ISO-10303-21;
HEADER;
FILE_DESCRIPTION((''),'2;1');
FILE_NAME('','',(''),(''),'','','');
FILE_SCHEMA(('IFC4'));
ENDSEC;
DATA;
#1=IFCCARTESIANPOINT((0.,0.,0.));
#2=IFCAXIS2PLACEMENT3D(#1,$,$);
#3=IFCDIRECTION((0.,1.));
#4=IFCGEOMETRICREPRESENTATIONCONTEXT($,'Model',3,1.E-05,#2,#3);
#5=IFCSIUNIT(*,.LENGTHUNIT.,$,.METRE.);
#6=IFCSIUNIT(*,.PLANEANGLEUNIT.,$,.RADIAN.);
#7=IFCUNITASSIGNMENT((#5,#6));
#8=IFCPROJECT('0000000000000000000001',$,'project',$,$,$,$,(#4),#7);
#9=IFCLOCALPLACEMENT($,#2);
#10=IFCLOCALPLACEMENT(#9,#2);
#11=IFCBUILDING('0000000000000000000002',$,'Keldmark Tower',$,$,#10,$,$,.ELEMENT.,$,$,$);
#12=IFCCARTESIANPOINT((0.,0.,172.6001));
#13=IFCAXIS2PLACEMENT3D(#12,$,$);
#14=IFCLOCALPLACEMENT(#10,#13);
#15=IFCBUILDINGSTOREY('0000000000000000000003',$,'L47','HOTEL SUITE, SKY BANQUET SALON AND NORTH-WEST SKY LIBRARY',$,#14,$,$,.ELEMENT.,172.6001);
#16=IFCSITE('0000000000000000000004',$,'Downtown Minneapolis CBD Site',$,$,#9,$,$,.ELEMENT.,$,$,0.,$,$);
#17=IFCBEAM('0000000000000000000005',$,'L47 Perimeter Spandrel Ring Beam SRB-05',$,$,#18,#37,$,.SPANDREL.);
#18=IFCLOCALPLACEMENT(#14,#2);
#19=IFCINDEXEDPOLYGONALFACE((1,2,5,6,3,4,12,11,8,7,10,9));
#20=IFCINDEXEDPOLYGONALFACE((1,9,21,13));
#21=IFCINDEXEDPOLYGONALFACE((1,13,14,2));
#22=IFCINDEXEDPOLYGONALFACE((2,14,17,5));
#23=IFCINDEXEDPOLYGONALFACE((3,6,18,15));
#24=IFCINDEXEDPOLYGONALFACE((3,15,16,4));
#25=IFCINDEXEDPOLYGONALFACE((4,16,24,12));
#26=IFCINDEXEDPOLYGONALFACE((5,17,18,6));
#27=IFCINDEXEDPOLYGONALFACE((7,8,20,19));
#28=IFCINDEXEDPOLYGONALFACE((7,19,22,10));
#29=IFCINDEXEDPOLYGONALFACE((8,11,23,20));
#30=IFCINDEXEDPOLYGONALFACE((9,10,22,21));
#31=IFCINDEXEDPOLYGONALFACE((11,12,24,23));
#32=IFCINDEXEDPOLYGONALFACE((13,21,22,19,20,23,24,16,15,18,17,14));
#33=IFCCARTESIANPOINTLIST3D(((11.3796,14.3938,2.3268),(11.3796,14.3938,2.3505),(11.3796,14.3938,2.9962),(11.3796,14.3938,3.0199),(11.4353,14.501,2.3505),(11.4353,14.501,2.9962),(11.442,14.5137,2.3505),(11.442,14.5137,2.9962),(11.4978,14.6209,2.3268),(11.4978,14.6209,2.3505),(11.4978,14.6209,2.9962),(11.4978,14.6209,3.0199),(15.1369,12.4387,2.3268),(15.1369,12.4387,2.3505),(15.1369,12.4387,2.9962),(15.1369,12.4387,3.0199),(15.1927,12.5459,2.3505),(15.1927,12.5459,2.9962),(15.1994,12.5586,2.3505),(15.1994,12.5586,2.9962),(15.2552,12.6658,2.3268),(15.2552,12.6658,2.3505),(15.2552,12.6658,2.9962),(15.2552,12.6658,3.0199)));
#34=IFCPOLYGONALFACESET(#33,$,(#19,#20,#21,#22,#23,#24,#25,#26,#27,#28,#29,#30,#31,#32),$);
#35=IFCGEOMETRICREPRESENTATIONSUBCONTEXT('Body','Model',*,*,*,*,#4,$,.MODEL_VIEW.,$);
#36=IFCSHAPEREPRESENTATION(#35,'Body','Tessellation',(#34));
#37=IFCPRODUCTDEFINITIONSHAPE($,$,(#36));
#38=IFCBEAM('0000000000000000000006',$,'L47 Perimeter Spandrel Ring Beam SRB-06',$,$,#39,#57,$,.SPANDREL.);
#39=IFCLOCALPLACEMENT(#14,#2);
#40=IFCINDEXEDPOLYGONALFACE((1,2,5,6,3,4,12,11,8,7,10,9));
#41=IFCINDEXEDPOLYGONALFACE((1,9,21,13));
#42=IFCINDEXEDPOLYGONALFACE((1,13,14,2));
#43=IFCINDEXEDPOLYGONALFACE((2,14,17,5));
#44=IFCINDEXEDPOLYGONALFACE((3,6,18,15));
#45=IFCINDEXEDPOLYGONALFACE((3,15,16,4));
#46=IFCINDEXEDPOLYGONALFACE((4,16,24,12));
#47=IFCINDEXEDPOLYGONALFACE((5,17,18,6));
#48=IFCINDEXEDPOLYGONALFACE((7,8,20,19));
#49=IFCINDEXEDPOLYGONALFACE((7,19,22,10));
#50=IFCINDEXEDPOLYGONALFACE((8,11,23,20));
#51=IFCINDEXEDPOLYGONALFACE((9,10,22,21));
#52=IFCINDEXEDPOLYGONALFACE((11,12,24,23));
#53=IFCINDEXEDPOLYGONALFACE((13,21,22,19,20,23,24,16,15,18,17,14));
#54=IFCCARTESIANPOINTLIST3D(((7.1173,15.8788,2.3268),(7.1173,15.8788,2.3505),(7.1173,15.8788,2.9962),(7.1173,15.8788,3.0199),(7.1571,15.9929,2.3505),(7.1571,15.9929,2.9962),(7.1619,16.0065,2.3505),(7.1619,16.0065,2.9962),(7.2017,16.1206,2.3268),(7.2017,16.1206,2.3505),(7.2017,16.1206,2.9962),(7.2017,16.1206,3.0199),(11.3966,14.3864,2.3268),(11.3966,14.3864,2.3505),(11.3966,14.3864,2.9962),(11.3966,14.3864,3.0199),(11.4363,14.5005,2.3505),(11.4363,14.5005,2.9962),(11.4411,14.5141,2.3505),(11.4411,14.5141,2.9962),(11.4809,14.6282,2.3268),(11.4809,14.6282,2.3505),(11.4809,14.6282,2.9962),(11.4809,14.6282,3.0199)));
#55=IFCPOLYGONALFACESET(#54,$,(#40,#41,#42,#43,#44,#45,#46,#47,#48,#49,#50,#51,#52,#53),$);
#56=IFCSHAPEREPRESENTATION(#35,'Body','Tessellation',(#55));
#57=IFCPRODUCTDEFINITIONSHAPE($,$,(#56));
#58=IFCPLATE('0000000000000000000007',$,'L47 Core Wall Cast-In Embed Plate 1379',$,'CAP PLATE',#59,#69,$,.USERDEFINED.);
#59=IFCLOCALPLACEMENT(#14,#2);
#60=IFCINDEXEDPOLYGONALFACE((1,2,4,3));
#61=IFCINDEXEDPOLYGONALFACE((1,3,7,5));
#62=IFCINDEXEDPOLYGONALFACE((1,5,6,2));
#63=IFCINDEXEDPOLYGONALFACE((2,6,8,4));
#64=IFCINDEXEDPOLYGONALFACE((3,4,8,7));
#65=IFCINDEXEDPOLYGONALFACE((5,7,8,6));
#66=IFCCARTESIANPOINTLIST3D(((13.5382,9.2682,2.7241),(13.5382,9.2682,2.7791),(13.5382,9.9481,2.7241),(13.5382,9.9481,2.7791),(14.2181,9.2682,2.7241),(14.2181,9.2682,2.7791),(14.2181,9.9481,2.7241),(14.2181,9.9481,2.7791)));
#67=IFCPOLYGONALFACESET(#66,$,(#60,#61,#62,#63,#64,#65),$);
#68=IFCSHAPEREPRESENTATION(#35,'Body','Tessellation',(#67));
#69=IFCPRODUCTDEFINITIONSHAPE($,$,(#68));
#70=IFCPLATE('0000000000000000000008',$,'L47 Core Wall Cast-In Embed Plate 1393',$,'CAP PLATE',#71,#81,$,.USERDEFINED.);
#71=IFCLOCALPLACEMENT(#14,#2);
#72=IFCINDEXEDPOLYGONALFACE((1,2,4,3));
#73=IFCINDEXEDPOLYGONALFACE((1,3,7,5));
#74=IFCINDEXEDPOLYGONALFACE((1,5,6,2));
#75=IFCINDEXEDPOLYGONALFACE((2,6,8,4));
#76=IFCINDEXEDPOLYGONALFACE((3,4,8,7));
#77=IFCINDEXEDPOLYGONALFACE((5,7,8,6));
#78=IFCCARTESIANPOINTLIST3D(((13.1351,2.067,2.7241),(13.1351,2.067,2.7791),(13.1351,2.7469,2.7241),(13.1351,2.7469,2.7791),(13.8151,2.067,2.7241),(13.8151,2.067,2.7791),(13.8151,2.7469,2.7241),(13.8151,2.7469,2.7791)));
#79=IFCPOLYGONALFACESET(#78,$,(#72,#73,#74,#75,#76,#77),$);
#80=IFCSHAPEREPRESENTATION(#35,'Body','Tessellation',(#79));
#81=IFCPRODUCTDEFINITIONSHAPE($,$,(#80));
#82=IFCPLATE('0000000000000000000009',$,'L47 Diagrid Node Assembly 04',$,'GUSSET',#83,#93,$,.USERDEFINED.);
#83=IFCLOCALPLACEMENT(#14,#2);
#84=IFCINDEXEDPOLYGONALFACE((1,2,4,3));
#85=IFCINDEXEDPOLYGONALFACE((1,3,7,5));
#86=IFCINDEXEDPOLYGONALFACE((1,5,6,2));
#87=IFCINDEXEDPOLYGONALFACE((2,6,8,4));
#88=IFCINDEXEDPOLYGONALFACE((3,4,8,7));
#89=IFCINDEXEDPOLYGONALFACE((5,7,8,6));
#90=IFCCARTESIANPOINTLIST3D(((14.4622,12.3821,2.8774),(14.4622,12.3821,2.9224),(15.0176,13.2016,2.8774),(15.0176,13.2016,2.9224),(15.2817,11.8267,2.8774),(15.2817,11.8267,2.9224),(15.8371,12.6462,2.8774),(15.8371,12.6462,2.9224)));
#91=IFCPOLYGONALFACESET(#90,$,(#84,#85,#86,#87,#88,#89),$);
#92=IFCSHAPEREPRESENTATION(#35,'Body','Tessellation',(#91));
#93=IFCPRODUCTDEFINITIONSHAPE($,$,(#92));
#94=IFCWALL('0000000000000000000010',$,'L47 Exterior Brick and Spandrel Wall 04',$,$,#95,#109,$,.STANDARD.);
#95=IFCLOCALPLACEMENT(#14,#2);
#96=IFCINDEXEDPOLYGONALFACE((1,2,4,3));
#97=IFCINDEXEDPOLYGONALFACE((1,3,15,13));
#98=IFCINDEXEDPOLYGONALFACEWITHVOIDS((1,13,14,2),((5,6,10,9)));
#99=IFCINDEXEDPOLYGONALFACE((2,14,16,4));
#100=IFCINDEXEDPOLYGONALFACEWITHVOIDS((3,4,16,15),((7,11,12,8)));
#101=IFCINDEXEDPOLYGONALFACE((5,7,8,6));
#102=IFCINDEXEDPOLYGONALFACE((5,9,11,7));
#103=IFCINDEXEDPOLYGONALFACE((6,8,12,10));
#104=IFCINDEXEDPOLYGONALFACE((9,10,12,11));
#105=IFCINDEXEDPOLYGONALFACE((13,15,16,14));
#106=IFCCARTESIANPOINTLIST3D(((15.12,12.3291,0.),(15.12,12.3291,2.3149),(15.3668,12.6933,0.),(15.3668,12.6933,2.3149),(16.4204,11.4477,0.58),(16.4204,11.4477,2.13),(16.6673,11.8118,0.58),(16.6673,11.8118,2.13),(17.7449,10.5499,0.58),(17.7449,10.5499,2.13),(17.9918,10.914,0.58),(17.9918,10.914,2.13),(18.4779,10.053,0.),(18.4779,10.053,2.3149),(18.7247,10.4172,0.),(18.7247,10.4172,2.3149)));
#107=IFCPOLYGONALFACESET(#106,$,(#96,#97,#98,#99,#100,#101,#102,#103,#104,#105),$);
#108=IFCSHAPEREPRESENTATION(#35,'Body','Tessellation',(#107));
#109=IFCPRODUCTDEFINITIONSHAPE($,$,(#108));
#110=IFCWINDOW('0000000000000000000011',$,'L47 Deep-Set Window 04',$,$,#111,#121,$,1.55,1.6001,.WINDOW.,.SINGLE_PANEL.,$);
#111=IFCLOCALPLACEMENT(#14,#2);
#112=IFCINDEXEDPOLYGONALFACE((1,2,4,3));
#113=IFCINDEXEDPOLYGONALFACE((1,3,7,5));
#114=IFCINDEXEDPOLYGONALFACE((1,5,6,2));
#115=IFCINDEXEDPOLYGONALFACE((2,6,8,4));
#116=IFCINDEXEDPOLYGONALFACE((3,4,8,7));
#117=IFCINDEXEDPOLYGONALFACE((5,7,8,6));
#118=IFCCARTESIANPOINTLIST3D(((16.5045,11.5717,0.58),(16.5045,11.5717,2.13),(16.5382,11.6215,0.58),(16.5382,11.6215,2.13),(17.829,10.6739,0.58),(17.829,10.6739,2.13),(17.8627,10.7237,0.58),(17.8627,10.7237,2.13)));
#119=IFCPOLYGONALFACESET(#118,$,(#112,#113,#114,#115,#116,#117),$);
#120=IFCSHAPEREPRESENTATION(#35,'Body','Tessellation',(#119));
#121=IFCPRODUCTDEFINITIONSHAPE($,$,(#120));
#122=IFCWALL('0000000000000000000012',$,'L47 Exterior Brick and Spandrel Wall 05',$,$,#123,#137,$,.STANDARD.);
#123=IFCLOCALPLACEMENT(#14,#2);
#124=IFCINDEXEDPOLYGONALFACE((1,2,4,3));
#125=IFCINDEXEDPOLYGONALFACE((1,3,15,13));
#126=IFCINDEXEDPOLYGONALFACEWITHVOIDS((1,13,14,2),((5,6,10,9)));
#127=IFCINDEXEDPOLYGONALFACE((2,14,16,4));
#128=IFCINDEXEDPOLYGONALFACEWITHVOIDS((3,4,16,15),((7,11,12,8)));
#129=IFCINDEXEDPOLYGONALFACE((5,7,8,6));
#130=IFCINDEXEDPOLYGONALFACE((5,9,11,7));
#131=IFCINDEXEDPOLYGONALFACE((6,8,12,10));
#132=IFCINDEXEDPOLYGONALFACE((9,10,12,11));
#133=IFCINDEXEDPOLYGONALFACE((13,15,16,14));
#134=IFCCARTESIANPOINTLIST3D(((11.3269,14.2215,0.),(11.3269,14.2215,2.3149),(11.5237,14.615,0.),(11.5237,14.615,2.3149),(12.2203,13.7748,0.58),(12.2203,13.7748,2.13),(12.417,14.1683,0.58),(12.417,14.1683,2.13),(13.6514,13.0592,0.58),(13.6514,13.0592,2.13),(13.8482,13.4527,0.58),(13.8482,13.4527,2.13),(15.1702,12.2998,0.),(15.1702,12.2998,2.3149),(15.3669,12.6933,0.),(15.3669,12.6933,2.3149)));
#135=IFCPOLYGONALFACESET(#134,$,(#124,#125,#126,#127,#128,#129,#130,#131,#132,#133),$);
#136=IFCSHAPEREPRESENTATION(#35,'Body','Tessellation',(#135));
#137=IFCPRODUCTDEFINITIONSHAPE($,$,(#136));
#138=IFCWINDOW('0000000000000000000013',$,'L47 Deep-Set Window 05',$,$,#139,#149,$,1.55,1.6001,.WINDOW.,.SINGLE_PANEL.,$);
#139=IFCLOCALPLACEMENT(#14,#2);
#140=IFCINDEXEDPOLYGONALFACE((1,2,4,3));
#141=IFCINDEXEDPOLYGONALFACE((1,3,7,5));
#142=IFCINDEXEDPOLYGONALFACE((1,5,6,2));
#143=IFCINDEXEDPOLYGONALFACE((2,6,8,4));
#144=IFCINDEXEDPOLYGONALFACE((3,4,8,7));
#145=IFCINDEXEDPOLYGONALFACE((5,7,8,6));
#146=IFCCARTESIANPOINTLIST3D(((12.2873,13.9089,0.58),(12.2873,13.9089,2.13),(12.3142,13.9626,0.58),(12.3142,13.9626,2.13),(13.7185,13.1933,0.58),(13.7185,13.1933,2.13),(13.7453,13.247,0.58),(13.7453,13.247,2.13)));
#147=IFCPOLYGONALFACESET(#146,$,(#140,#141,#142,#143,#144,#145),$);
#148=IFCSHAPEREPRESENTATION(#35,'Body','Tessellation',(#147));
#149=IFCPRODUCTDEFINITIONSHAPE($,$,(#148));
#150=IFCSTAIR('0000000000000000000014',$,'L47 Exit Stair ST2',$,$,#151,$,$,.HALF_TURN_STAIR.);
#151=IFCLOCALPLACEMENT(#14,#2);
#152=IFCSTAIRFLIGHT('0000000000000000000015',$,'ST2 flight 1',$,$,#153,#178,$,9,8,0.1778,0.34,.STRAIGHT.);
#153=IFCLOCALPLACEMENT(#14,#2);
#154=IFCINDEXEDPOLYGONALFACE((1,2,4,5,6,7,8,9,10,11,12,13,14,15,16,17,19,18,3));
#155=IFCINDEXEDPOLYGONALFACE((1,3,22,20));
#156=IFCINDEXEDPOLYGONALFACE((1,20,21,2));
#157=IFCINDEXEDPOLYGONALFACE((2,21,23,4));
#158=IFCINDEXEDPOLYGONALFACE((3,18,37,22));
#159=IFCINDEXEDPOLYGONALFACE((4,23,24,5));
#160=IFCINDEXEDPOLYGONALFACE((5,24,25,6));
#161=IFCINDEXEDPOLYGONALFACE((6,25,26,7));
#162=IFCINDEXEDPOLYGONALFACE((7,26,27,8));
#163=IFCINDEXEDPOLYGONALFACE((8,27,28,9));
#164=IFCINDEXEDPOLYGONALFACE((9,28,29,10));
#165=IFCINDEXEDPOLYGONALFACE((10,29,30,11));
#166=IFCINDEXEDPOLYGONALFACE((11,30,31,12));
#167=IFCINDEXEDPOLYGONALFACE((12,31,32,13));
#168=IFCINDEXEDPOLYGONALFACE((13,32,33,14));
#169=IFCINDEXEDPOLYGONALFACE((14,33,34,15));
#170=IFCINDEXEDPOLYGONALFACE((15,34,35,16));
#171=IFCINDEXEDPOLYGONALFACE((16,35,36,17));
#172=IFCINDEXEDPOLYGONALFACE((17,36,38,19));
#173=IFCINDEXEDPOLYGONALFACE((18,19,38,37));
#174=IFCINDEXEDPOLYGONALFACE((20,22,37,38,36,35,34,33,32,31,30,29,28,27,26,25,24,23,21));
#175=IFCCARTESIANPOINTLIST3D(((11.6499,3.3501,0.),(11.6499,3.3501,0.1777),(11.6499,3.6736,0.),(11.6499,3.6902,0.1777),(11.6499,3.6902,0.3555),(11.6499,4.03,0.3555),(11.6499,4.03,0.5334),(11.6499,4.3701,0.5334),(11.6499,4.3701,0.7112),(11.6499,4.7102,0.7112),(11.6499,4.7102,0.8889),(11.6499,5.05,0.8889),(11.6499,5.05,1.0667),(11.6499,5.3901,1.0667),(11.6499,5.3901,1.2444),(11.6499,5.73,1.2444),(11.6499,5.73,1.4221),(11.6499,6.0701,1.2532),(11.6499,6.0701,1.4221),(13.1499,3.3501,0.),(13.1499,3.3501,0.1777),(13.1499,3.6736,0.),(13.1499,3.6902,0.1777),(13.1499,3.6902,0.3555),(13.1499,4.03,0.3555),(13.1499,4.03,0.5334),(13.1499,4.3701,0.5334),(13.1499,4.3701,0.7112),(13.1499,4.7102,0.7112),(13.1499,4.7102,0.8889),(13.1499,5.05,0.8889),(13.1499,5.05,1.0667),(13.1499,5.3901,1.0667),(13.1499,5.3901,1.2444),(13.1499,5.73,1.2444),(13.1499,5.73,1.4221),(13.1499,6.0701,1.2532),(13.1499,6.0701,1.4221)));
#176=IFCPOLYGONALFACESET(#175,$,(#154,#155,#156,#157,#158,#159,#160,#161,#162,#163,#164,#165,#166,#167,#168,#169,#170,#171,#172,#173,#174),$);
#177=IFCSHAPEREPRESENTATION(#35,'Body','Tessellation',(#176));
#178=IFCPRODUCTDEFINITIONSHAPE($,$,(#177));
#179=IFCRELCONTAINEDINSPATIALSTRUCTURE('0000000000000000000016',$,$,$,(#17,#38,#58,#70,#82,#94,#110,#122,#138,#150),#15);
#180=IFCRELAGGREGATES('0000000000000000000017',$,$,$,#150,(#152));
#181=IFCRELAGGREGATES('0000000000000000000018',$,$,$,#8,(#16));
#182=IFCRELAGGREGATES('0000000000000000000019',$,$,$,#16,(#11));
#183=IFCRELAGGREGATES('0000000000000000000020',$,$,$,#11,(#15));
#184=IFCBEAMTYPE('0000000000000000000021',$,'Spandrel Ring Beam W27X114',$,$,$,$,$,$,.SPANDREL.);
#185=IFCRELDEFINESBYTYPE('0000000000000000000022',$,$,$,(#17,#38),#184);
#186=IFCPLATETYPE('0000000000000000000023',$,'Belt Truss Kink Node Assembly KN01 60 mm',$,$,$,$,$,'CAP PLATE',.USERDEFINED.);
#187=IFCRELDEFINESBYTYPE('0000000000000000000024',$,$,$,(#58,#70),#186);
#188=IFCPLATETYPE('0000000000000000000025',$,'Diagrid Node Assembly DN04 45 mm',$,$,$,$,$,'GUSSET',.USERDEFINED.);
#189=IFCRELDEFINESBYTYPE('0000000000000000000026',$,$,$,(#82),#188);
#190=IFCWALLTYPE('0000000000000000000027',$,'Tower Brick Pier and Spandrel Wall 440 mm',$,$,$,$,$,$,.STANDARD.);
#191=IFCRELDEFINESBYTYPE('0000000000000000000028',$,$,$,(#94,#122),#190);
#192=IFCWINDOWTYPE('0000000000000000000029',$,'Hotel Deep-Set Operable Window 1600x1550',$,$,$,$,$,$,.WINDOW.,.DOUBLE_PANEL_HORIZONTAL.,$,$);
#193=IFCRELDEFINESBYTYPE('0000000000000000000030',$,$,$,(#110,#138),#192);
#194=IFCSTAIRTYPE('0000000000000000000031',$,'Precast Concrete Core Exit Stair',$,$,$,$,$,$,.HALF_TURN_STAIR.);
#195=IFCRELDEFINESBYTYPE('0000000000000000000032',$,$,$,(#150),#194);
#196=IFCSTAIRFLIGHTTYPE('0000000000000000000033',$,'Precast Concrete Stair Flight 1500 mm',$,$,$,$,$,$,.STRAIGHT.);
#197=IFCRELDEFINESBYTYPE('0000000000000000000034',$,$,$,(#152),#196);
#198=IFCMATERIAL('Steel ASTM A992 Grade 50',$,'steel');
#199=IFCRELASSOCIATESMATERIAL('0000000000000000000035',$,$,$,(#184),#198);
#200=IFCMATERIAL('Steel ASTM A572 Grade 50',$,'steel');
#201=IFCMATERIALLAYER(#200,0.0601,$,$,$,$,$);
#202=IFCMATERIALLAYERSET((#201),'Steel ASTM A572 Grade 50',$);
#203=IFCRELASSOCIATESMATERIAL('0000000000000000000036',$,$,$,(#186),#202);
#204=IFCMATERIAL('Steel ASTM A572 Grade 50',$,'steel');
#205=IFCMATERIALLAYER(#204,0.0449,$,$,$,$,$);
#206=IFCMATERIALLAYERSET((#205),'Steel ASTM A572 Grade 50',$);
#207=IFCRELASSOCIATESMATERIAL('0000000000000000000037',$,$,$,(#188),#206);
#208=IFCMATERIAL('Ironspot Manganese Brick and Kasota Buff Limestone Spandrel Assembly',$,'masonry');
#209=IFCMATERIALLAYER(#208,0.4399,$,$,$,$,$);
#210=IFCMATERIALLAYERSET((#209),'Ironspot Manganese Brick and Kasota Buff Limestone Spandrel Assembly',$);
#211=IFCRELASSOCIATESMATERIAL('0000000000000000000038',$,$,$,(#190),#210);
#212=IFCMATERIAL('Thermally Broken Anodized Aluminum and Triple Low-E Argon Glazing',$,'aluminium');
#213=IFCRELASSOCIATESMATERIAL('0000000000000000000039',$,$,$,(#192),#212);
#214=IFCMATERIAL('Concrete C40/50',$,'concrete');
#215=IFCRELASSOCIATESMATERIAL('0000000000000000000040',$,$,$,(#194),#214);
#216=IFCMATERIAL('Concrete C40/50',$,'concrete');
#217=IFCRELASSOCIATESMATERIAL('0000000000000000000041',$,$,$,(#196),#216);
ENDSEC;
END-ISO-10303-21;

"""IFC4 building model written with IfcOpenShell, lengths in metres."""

from ifc_helpers import new_model, si_unit, direction, frame, frame_2d, origin, origin_2d, place, context, subcontext, project, spatial, polyline, rectangle, i_section, outline, extrude, material, layer, layer_set, material_profile, profile_set, type_object, element, fill, aggregate, save


model = new_model("IFC4")

# Units and contexts
model_context = context("Model", 3, precision=1e-05, world=origin(), true_north=direction((0.0, 1.0)))
body_context = subcontext(model_context, "Body", "Model", "MODEL_VIEW")
ifc_project = project(units=[si_unit("LENGTHUNIT", "METRE"), si_unit("PLANEANGLEUNIT", "RADIAN")], contexts=[model_context])

# Site, building, storey
site_placement = place(None, origin())
site = spatial("IfcSite", under=ifc_project, at=site_placement, Name="Downtown Minneapolis CBD Site", CompositionType="ELEMENT", RefElevation=0.0)
building_placement = place(site_placement, origin())
building = spatial("IfcBuilding", under=site, at=building_placement, Name="Keldmark Tower", CompositionType="ELEMENT")
storey_placement = place(building_placement, frame((0.0, 0.0, 172.6001)))
storey = spatial("IfcBuildingStorey", under=building, at=storey_placement, Name="L47", Description="HOTEL SUITE, SKY BANQUET SALON AND NORTH-WEST SKY LIBRARY", CompositionType="ELEMENT", Elevation=172.6001)

# Beams
ifc_material_1 = material(Name="Steel ASTM A992 Grade 50", Category="steel")
ifc_material_profile_1 = material_profile(ifc_material_1, i_section(OverallWidth=0.2561, OverallDepth=0.6931, WebThickness=0.0144, FlangeThickness=0.0237, at=origin_2d()), Name="W27X114")
ifc_profile_set_1 = profile_set([ifc_material_profile_1], Name="Steel ASTM A992 Grade 50")
beam_type_1 = type_object("IfcBeamType", Name="Spandrel Ring Beam W27X114", PredefinedType="SPANDREL", material=ifc_profile_set_1)
beam_1_placement = place(storey_placement, frame((15.196, 12.5522, 2.6733), z_axis=(-0.887094, 0.461589, 0.0), x_axis=(-0.461589, -0.887094, 0.0)))
element("IfcBeam", 1, at=beam_1_placement, inside=storey, type_object=beam_type_1, Name="L47 Perimeter Spandrel Ring Beam SRB-05", PredefinedType="SPANDREL", context=body_context, shape_type="SweptSolid", body=[
    extrude(i_section(OverallWidth=0.2561, OverallDepth=0.6931, WebThickness=0.0144, FlangeThickness=0.0237, at=origin_2d()), origin(), (0.0, 0.0, 1.0), 4.2356),
])
beam_2_placement = place(storey_placement, frame((11.4387, 14.5073, 2.6733), z_axis=(-0.944224, 0.329304, 0.0), x_axis=(-0.329304, -0.944224, 0.0)))
element("IfcBeam", 2, at=beam_2_placement, inside=storey, type_object=beam_type_1, Name="L47 Perimeter Spandrel Ring Beam SRB-06", PredefinedType="SPANDREL", context=body_context, shape_type="SweptSolid", body=[
    extrude(i_section(OverallWidth=0.2561, OverallDepth=0.6931, WebThickness=0.0144, FlangeThickness=0.0237, at=origin_2d()), origin(), (0.0, 0.0, 1.0), 4.532),
])

# Plates
ifc_material_2 = material(Name="Steel ASTM A572 Grade 50", Category="steel")
ifc_layer_1 = layer(ifc_material_2, 0.0601)
ifc_layer_set_1 = layer_set([ifc_layer_1], Name="Steel ASTM A572 Grade 50")
plate_type_1 = type_object("IfcPlateType", Name="Belt Truss Kink Node Assembly KN01 60 mm", ElementType="CAP PLATE", PredefinedType="USERDEFINED", material=ifc_layer_set_1)
for number, where, z_axis, x_axis, name in (
    (3, (13.8782, 9.6082, 2.7241), (0.0, 0.0, 1.0), (1.0, 0.0, 0.0), "L47 Core Wall Cast-In Embed Plate 1379"),
    (4, (13.4751, 2.407, 2.7241), (0.0, 0.0, 1.0), (1.0, 0.0, 0.0), "L47 Core Wall Cast-In Embed Plate 1393"),
):
    element("IfcPlate", number, at=place(storey_placement, frame(where, z_axis=z_axis, x_axis=x_axis)), inside=storey, type_object=plate_type_1, Name=name, ObjectType="CAP PLATE", PredefinedType="USERDEFINED", context=body_context, shape_type="SweptSolid", body=[
        extrude(rectangle(XDim=0.6799, YDim=0.6799, at=origin_2d()), origin(), (0.0, 0.0, 1.0), 0.0549),
    ])
ifc_material_3 = material(Name="Steel ASTM A572 Grade 50", Category="steel")
ifc_layer_2 = layer(ifc_material_3, 0.0449)
ifc_layer_set_2 = layer_set([ifc_layer_2], Name="Steel ASTM A572 Grade 50")
plate_type_2 = type_object("IfcPlateType", Name="Diagrid Node Assembly DN04 45 mm", ElementType="GUSSET", PredefinedType="USERDEFINED", material=ifc_layer_set_2)
plate_placement = place(storey_placement, frame((15.1497, 12.5142, 2.8774), z_axis=(0.0, 0.0, 1.0), x_axis=(-0.827767, 0.561072, 0.0)))
element("IfcPlate", 5, at=plate_placement, inside=storey, type_object=plate_type_2, Name="L47 Diagrid Node Assembly 04", ObjectType="GUSSET", PredefinedType="USERDEFINED", context=body_context, shape_type="SweptSolid", body=[
    extrude(rectangle(XDim=0.99, YDim=0.99, at=origin_2d()), origin(), (0.0, 0.0, 1.0), 0.0449),
])

# Walls, openings, windows
ifc_material_4 = material(Name="Ironspot Manganese Brick and Kasota Buff Limestone Spandrel Assembly", Category="masonry")
ifc_layer_3 = layer(ifc_material_4, 0.4399)
ifc_layer_set_3 = layer_set([ifc_layer_3], Name="Ironspot Manganese Brick and Kasota Buff Limestone Spandrel Assembly")
wall_type_1 = type_object("IfcWallType", Name="Tower Brick Pier and Spandrel Wall 440 mm", PredefinedType="STANDARD", material=ifc_layer_set_3)
wall_1_placement = place(storey_placement, frame((15.2434, 12.5112, 0.0), z_axis=(0.0, 0.0, 1.0), x_axis=(0.827757, -0.561086, 0.0)))
wall_1 = element("IfcWall", 6, at=wall_1_placement, inside=storey, type_object=wall_type_1, Name="L47 Exterior Brick and Spandrel Wall 04", PredefinedType="STANDARD", context=body_context, shape_type="SweptSolid", body=[
    extrude(rectangle(XDim=4.0566, YDim=0.4399, at=frame_2d((2.0283, 0.0))), origin(), (0.0, 0.0, 1.0), 2.3149),
])
opening_1_placement = place(wall_1_placement, frame((1.571, 0.0, 0.5801)))
opening_1 = element("IfcOpeningElement", 7, at=opening_1_placement, cuts=wall_1, PredefinedType="OPENING", context=body_context, shape_type="SweptSolid", body=[
    extrude(rectangle(XDim=1.6001, YDim=1.55, at=frame_2d((0.8, 0.7749))), frame((0.0, 0.23, 0.0), z_axis=(0.0, -1.0, 0.0), x_axis=(1.0, 0.0, 0.0)), (0.0, 0.0, 1.0), 0.46),
])
ifc_material_5 = material(Name="Thermally Broken Anodized Aluminum and Triple Low-E Argon Glazing", Category="aluminium")
window_type = type_object("IfcWindowType", Name="Hotel Deep-Set Operable Window 1600x1550", PartitioningType="DOUBLE_PANEL_HORIZONTAL", PredefinedType="WINDOW", material=ifc_material_5)
window_1_placement = place(opening_1_placement, origin())
window_1 = element("IfcWindow", 8, at=window_1_placement, inside=storey, type_object=window_type, Name="L47 Deep-Set Window 04", OverallHeight=1.55, OverallWidth=1.6001, PartitioningType="SINGLE_PANEL", PredefinedType="WINDOW", context=body_context, shape_type="SweptSolid", body=[
    extrude(rectangle(XDim=1.6001, YDim=1.55, at=frame_2d((0.8, 0.7749))), frame((0.0, -0.01, 0.0), z_axis=(0.0, -1.0, 0.0), x_axis=(1.0, 0.0, 0.0)), (0.0, 0.0, 1.0), 0.0601),
])
fill(opening_1, window_1)
wall_2_placement = place(storey_placement, frame((11.4253, 14.4182, 0.0), z_axis=(0.0, 0.0, 1.0), x_axis=(0.894427, -0.447214, 0.0)))
wall_2 = element("IfcWall", 9, at=wall_2_placement, inside=storey, type_object=wall_type_1, Name="L47 Exterior Brick and Spandrel Wall 05", PredefinedType="STANDARD", context=body_context, shape_type="SweptSolid", body=[
    extrude(rectangle(XDim=4.2969, YDim=0.4399, at=frame_2d((2.1484, 0.0))), origin(), (0.0, 0.0, 1.0), 2.3149),
])
opening_2_placement = place(wall_2_placement, frame((0.9988, 0.0, 0.5801)))
opening_2 = element("IfcOpeningElement", 10, at=opening_2_placement, cuts=wall_2, PredefinedType="OPENING", context=body_context, shape_type="SweptSolid", body=[
    extrude(rectangle(XDim=1.6001, YDim=1.55, at=frame_2d((0.8, 0.7749))), frame((0.0, 0.23, 0.0), z_axis=(0.0, -1.0, 0.0), x_axis=(1.0, 0.0, 0.0)), (0.0, 0.0, 1.0), 0.46),
])
window_2_placement = place(opening_2_placement, origin())
window_2 = element("IfcWindow", 11, at=window_2_placement, inside=storey, type_object=window_type, Name="L47 Deep-Set Window 05", OverallHeight=1.55, OverallWidth=1.6001, PartitioningType="SINGLE_PANEL", PredefinedType="WINDOW", context=body_context, shape_type="SweptSolid", body=[
    extrude(rectangle(XDim=1.6001, YDim=1.55, at=frame_2d((0.8, 0.7749))), frame((0.0, -0.01, 0.0), z_axis=(0.0, -1.0, 0.0), x_axis=(1.0, 0.0, 0.0)), (0.0, 0.0, 1.0), 0.0601),
])
fill(opening_2, window_2)

# Stair, stair flight
ifc_material_6 = material(Name="Concrete C40/50", Category="concrete")
stair_type = type_object("IfcStairType", Name="Precast Concrete Core Exit Stair", PredefinedType="HALF_TURN_STAIR", material=ifc_material_6)
stair_placement = place(storey_placement, origin())
stair = element("IfcStair", 12, at=stair_placement, inside=storey, type_object=stair_type, Name="L47 Exit Stair ST2", PredefinedType="HALF_TURN_STAIR")
ifc_material_7 = material(Name="Concrete C40/50", Category="concrete")
stair_flight_type = type_object("IfcStairFlightType", Name="Precast Concrete Stair Flight 1500 mm", PredefinedType="STRAIGHT", material=ifc_material_7)
stair_flight_1_placement = place(storey_placement, frame((12.3999, 3.3501, 0.0), z_axis=(0.0, 0.0, 1.0), x_axis=(0.0, 1.0, 0.0)))
stair_flight_1 = element("IfcStairFlight", 13, at=stair_flight_1_placement, type_object=stair_flight_type, Name="ST2 flight 1", NumberOfRisers=9, NumberOfTreads=8, PredefinedType="STRAIGHT", RiserHeight=0.1778, TreadLength=0.34, context=body_context, shape_type="SweptSolid", body=[
    extrude(outline(polyline([(0.0, 0.0), (0.0, 0.1777), (0.3401, 0.1777), (0.3401, 0.3555), (0.6799, 0.3555), (0.6799, 0.5334), (1.02, 0.5334), (1.02, 0.7112), (1.3601, 0.7112), (1.3601, 0.8889), (1.7, 0.8889), (1.7, 1.0667), (2.04, 1.0667), (2.04, 1.2444), (2.3799, 1.2444), (2.3799, 1.4221), (2.72, 1.4221), (2.72, 1.6001), (2.72, 1.2532), (0.3235, 0.0), (0.0, 0.0)])), frame((0.0, 0.75, 0.0), z_axis=(0.0, -1.0, 0.0), x_axis=(1.0, 0.0, 0.0)), (0.0, 0.0, 1.0), 1.5),
])
aggregate(stair, [stair_flight_1])

save(model, "model.ifc")
